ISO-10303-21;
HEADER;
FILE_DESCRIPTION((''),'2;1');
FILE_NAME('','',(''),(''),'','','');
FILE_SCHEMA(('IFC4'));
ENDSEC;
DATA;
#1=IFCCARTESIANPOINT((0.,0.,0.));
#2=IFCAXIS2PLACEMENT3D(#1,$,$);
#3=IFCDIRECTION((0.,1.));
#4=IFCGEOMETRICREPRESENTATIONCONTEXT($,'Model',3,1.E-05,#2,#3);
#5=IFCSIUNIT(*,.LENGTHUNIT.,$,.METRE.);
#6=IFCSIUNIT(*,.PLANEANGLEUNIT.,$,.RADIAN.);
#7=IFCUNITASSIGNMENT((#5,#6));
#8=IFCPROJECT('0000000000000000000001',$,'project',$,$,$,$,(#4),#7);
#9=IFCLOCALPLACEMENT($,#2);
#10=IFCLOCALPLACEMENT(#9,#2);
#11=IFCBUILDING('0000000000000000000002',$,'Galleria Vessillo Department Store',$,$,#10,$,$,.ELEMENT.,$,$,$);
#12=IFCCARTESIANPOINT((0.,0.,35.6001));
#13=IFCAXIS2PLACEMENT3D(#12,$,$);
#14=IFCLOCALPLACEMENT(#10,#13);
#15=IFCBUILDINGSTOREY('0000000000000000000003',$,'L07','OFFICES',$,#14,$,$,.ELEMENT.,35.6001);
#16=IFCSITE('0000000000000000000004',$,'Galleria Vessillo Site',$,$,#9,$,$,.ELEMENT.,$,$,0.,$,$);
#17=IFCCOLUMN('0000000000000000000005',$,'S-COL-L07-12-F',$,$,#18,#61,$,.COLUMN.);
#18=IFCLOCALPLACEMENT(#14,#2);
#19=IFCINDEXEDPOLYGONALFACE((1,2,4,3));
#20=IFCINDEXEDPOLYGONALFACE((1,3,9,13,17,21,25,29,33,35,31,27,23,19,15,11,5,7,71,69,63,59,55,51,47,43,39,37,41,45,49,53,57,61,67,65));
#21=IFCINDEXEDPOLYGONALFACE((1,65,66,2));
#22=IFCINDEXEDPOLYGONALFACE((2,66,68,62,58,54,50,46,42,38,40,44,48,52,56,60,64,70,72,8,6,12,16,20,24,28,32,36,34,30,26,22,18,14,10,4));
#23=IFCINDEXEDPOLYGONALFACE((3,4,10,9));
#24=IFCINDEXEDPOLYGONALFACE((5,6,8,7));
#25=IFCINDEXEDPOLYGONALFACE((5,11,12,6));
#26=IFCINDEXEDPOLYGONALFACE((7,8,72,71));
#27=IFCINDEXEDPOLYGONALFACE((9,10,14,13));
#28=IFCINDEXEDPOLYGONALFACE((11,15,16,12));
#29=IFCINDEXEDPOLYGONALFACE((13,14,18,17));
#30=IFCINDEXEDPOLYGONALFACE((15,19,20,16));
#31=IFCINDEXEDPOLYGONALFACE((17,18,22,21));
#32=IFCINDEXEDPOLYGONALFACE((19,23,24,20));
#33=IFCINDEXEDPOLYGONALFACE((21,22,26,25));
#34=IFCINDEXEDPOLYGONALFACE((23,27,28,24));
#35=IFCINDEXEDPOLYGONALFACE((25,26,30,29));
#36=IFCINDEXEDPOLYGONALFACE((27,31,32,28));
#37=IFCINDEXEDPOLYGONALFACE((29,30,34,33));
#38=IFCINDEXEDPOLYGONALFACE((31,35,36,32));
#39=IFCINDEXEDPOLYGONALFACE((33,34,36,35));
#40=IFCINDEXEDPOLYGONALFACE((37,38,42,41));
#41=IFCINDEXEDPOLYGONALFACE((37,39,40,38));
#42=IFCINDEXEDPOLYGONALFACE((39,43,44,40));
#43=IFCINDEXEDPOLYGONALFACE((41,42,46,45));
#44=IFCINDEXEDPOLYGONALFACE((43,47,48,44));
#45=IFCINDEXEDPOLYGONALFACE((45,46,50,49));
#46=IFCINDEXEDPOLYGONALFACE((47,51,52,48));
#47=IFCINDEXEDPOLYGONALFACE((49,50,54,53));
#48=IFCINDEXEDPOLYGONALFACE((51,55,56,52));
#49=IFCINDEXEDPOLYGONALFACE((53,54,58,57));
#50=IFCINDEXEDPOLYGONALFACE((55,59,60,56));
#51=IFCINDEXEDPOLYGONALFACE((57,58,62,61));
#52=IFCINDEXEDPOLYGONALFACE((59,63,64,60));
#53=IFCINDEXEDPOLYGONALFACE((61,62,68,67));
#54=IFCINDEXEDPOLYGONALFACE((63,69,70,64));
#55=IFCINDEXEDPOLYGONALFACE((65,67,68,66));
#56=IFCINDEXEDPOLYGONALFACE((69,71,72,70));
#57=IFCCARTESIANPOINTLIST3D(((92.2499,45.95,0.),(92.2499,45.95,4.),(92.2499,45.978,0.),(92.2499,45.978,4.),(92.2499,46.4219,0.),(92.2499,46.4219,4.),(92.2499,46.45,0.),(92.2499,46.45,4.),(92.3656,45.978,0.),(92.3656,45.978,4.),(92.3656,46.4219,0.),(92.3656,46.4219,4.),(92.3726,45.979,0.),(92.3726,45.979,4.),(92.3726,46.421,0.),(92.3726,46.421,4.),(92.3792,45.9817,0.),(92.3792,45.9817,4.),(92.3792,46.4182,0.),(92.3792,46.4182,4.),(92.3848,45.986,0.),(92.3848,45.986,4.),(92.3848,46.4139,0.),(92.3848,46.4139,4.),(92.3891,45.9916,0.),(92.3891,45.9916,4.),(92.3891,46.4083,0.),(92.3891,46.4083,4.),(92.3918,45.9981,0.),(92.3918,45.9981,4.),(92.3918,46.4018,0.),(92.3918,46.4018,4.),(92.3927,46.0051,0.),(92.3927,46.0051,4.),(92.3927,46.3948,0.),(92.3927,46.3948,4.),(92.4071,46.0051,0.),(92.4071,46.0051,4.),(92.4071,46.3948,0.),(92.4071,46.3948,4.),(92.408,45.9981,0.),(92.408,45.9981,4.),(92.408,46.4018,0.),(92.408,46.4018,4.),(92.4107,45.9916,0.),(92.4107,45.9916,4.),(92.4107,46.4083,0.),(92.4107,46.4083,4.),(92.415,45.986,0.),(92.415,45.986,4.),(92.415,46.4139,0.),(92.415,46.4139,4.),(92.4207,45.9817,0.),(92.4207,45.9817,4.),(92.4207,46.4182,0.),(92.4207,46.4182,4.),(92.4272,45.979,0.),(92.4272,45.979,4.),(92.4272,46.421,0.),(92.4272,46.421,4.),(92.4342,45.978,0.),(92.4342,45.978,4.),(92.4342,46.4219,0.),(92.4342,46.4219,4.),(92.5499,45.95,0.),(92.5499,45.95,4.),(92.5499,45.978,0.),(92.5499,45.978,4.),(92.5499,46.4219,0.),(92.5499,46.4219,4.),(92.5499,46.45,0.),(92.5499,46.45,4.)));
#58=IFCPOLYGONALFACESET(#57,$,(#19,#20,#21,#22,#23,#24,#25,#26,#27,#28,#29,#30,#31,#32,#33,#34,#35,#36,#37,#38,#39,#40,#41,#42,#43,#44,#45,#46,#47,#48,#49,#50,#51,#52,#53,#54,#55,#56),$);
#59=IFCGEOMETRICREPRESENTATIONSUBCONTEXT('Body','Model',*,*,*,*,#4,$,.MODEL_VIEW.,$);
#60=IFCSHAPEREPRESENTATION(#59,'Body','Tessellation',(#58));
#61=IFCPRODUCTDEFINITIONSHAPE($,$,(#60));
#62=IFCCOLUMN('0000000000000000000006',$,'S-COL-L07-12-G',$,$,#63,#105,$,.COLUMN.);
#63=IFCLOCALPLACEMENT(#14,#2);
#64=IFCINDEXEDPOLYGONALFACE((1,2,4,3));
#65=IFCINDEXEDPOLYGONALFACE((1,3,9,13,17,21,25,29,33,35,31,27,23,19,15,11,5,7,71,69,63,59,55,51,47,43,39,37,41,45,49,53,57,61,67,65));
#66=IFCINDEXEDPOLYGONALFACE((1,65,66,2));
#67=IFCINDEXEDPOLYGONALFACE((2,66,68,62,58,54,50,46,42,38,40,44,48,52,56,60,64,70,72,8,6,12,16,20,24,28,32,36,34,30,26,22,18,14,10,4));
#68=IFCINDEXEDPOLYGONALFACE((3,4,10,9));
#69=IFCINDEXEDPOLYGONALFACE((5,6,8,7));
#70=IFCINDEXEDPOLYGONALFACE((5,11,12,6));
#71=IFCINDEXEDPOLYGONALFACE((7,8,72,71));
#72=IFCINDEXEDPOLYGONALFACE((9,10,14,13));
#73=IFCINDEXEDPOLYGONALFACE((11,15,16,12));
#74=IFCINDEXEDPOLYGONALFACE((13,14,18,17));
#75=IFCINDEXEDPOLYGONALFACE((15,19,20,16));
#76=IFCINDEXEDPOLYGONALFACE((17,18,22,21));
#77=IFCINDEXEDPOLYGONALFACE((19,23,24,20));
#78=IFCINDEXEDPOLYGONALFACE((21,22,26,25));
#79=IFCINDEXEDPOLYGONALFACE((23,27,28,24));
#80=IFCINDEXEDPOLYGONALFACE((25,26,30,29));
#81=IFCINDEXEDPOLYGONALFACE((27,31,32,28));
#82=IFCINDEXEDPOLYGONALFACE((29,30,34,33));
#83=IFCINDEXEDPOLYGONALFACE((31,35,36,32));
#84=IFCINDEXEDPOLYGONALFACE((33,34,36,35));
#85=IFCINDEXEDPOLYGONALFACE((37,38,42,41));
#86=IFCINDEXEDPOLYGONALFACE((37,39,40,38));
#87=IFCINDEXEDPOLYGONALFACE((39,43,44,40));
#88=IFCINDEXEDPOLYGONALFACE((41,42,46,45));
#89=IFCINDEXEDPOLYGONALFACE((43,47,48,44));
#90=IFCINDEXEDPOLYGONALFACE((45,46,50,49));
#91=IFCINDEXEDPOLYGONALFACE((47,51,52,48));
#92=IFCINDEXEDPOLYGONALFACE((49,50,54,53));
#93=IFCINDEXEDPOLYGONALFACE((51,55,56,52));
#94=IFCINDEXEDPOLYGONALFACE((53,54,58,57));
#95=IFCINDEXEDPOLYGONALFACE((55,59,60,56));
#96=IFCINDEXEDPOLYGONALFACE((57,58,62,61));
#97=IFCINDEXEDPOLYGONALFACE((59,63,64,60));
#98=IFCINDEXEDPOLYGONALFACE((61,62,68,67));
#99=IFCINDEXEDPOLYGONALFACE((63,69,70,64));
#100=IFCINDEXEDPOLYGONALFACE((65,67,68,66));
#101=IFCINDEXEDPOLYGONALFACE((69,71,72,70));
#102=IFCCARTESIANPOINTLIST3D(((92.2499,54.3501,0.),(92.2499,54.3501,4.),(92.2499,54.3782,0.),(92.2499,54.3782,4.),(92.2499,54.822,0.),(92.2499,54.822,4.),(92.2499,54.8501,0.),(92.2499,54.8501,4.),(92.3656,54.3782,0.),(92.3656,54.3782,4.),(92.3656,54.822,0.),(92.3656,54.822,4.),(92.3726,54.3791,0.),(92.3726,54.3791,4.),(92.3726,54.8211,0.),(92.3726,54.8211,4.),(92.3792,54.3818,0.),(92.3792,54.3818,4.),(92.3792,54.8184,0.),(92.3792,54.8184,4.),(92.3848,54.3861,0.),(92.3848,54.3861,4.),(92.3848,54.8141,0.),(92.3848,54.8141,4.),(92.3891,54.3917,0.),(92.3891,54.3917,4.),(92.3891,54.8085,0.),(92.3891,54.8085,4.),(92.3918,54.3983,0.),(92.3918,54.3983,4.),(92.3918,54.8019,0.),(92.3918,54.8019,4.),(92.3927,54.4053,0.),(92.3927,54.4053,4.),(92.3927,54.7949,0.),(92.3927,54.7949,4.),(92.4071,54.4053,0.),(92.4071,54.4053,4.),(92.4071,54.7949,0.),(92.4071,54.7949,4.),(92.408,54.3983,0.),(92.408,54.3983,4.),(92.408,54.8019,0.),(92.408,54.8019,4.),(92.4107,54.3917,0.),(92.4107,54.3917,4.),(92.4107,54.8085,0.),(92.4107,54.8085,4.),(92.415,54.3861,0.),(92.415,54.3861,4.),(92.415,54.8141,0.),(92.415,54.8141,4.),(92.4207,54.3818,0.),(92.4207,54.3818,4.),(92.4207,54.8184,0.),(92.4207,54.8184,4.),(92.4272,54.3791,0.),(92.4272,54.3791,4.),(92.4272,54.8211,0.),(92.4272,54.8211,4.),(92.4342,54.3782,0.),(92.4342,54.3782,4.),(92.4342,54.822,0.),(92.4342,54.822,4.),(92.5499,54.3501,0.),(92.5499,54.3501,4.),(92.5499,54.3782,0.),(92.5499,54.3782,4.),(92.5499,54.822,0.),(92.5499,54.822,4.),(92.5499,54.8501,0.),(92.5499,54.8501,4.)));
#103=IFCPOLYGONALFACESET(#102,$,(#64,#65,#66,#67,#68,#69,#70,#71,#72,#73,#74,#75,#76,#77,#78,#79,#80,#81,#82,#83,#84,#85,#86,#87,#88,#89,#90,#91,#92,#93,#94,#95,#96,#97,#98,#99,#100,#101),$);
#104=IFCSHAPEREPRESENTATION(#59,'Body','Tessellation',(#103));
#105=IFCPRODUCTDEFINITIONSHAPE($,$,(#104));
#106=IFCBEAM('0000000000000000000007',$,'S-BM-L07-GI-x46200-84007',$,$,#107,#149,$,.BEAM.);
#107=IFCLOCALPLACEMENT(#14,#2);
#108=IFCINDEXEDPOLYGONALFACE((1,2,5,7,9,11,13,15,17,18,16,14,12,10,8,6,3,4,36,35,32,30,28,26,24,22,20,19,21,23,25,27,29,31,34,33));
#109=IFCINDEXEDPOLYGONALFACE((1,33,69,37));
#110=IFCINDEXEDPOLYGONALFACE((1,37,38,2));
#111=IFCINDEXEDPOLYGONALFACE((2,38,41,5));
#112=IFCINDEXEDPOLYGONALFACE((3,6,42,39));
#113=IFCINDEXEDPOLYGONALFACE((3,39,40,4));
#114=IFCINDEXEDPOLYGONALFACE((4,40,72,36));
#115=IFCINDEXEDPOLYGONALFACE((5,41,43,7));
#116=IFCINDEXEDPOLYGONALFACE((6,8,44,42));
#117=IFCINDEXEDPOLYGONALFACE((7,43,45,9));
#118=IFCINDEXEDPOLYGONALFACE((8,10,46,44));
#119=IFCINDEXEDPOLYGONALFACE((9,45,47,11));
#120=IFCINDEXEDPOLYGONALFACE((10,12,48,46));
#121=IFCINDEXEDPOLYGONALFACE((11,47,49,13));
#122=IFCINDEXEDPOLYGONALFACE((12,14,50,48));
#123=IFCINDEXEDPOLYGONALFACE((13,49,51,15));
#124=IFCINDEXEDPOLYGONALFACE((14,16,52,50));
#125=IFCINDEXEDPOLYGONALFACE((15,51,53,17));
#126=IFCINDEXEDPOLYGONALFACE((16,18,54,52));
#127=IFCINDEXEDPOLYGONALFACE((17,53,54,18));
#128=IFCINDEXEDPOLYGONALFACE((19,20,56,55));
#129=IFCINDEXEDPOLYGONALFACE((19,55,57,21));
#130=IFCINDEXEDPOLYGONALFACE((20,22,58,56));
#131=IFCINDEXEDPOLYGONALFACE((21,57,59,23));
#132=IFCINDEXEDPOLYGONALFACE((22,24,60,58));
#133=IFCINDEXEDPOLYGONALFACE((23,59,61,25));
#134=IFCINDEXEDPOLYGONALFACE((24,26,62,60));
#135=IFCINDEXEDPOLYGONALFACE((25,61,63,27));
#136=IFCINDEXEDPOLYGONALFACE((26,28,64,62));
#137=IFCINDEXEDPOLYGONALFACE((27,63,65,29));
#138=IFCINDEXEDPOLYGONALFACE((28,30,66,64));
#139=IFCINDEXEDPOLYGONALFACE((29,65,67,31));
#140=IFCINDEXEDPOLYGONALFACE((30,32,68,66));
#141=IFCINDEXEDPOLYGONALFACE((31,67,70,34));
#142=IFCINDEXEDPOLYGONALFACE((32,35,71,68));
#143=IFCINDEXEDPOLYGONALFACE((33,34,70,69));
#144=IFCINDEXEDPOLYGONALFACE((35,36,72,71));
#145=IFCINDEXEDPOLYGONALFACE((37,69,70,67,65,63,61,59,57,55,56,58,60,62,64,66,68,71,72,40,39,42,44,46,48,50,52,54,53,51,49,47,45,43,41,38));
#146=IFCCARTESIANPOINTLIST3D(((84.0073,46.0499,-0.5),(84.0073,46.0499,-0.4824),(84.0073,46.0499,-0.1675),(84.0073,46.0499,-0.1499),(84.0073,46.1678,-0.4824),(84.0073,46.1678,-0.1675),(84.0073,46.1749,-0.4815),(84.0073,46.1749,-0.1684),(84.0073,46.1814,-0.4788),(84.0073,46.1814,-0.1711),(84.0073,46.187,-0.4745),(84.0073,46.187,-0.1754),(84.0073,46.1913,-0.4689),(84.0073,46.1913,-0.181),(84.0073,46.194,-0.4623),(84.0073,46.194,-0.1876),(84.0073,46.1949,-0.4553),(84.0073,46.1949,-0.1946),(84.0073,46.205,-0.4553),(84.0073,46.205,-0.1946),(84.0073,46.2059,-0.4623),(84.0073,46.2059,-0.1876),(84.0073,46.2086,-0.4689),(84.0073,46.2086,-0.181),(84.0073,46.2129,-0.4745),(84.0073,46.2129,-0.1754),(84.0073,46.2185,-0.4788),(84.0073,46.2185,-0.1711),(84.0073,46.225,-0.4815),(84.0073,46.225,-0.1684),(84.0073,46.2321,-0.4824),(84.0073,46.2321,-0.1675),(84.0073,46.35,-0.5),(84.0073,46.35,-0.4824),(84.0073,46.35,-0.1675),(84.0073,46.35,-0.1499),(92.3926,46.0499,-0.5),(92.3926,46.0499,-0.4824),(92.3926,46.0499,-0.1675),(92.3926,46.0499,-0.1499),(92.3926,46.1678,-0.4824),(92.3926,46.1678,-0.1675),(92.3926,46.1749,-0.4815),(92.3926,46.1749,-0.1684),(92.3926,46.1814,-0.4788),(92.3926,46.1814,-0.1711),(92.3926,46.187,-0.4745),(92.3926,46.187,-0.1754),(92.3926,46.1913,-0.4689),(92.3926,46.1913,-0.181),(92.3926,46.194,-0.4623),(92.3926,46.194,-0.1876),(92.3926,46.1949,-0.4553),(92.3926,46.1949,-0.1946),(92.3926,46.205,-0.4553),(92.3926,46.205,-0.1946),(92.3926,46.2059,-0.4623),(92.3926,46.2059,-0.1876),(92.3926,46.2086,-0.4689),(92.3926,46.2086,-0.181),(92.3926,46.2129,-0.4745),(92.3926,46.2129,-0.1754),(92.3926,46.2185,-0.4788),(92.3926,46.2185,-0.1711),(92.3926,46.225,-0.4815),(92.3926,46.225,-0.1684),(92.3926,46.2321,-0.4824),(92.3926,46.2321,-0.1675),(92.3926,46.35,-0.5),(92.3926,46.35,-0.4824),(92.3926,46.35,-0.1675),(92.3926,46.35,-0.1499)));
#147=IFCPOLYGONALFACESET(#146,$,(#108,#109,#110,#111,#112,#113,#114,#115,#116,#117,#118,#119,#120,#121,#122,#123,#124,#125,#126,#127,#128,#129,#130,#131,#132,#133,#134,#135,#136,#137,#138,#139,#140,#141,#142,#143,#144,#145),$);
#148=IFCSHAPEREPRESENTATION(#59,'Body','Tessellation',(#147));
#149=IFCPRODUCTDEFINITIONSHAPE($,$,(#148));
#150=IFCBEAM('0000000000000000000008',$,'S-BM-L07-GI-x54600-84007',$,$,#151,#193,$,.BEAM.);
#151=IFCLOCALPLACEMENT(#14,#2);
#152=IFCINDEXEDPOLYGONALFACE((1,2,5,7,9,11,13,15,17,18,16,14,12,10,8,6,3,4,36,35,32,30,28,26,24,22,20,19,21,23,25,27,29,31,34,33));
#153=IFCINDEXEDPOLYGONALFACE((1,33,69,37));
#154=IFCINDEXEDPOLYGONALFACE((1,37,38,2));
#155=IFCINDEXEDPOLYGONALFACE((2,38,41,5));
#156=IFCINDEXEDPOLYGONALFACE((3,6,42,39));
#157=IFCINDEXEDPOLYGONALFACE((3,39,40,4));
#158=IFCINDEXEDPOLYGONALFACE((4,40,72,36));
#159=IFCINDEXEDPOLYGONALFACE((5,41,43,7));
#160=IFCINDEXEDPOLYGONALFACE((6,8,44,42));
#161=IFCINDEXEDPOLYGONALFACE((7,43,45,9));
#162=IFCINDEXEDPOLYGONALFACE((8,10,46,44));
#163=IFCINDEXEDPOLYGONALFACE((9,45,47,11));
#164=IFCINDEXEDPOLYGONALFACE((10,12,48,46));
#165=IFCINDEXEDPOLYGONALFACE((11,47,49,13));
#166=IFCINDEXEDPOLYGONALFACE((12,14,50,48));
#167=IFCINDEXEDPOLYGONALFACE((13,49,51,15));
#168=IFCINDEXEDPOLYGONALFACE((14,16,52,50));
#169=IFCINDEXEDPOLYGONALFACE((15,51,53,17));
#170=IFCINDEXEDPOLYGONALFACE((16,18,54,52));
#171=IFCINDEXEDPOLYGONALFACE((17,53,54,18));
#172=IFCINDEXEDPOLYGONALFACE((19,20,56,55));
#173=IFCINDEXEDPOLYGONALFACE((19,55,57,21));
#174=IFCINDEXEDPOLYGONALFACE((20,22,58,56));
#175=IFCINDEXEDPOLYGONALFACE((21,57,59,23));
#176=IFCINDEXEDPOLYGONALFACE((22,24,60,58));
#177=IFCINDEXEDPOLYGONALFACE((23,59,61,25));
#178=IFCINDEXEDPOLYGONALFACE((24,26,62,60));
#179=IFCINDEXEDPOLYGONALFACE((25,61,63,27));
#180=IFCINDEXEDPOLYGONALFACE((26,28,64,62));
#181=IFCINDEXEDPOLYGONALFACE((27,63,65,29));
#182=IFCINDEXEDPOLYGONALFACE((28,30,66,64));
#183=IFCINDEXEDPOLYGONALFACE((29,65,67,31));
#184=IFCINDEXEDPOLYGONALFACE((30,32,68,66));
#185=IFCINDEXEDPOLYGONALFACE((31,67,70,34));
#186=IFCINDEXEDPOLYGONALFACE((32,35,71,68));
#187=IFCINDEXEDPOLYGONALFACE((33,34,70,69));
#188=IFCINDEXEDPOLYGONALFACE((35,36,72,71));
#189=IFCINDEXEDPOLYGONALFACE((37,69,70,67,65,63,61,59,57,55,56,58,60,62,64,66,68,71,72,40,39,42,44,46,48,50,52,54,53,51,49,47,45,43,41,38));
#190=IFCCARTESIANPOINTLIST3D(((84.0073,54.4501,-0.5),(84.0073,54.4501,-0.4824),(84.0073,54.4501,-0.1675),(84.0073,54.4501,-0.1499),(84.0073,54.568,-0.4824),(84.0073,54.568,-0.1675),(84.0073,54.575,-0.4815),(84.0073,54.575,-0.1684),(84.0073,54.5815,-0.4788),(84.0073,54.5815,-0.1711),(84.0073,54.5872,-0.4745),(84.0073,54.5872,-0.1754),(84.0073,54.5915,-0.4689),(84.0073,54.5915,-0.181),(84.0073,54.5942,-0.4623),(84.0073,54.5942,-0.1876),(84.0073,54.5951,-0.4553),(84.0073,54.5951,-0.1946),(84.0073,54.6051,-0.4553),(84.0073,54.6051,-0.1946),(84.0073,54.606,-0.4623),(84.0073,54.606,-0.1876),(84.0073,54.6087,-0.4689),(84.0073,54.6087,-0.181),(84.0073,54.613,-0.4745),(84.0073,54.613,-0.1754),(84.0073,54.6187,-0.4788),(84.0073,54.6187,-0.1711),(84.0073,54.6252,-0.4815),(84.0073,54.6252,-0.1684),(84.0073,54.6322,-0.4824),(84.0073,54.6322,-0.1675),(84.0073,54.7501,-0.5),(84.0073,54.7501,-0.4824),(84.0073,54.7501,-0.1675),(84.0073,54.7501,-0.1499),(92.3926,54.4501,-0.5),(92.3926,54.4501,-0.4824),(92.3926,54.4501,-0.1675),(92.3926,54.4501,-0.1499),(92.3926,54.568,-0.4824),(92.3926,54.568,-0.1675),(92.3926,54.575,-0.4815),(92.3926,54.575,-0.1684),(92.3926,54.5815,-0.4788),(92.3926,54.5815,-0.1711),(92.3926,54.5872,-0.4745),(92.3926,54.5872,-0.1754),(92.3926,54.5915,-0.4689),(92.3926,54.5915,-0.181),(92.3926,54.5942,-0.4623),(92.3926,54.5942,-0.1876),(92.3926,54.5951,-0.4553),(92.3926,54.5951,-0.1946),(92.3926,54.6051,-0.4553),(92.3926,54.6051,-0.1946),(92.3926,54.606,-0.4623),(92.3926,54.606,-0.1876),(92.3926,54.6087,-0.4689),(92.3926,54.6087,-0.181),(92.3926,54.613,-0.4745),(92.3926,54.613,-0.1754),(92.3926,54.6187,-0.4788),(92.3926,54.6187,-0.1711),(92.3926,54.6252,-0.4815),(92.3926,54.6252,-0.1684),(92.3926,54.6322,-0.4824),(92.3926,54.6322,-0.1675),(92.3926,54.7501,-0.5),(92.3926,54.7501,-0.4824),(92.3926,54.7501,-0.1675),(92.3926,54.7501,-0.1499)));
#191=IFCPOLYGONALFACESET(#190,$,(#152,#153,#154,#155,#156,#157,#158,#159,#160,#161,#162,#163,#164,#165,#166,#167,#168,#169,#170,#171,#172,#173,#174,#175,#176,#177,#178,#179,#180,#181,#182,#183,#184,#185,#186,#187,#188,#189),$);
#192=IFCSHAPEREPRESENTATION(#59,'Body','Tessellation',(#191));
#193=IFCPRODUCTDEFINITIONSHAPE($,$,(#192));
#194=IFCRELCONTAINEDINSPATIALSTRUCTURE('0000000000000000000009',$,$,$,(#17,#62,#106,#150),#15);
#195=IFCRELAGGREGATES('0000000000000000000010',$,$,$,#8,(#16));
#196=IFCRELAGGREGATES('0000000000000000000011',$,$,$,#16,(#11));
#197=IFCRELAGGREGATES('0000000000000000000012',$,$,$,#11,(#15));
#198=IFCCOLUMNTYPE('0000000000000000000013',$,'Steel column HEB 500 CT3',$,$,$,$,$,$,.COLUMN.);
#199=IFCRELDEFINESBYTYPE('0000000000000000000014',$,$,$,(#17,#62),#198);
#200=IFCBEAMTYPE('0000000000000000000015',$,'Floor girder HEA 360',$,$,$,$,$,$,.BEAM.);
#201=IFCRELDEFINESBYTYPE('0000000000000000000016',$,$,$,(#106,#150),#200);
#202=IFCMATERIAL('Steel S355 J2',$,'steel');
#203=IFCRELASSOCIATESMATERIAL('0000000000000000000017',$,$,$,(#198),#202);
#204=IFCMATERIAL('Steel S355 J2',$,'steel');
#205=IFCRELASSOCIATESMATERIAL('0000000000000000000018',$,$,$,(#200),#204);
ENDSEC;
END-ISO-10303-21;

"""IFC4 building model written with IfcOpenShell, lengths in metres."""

from ifc_helpers import new_model, si_unit, direction, frame, origin, origin_2d, place, context, subcontext, project, spatial, i_section, extrude, material, material_profile, profile_set, type_object, element, save


model = new_model("IFC4")

# Units and contexts
model_context = context("Model", 3, precision=1e-05, world=origin(), true_north=direction((0.0, 1.0)))
body_context = subcontext(model_context, "Body", "Model", "MODEL_VIEW")
ifc_project = project(units=[si_unit("LENGTHUNIT", "METRE"), si_unit("PLANEANGLEUNIT", "RADIAN")], contexts=[model_context])

# Site, building, storey
site_placement = place(None, origin())
site = spatial("IfcSite", under=ifc_project, at=site_placement, Name="Galleria Vessillo Site", CompositionType="ELEMENT", RefElevation=0.0)
building_placement = place(site_placement, origin())
building = spatial("IfcBuilding", under=site, at=building_placement, Name="Galleria Vessillo Department Store", CompositionType="ELEMENT")
storey_placement = place(building_placement, frame((0.0, 0.0, 35.6001)))
storey = spatial("IfcBuildingStorey", under=building, at=storey_placement, Name="L07", Description="OFFICES", CompositionType="ELEMENT", Elevation=35.6001)

# Columns
ifc_material_1 = material(Name="Steel S355 J2", Category="steel")
ifc_material_profile_1 = material_profile(ifc_material_1, i_section(OverallWidth=0.3, OverallDepth=0.5, WebThickness=0.0144, FlangeThickness=0.0281, FilletRadius=0.0271, at=origin_2d()), Name="HEB 500")
ifc_profile_set_1 = profile_set([ifc_material_profile_1], Name="Steel S355 J2")
column_type = type_object("IfcColumnType", Name="Steel column HEB 500 CT3", PredefinedType="COLUMN", material=ifc_profile_set_1)
for number, where, z_axis, x_axis, name in (
    (1, (92.3999, 46.2, 0.0), (0.0, 0.0, 1.0), (1.0, 0.0, 0.0), "S-COL-L07-12-F"),
    (2, (92.3999, 54.6001, 0.0), (0.0, 0.0, 1.0), (1.0, 0.0, 0.0), "S-COL-L07-12-G"),
):
    element("IfcColumn", number, at=place(storey_placement, frame(where, z_axis=z_axis, x_axis=x_axis)), inside=storey, type_object=column_type, Name=name, PredefinedType="COLUMN", context=body_context, shape_type="SweptSolid", body=[
        extrude(i_section(OverallWidth=0.3, OverallDepth=0.5, WebThickness=0.0144, FlangeThickness=0.0281, FilletRadius=0.0271, at=origin_2d()), origin(), (0.0, 0.0, 1.0), 4.0),
    ])

# Beams
ifc_material_2 = material(Name="Steel S355 J2", Category="steel")
ifc_material_profile_2 = material_profile(ifc_material_2, i_section(OverallWidth=0.3, OverallDepth=0.3501, WebThickness=0.01, FlangeThickness=0.0176, FilletRadius=0.0271, at=origin_2d()), Name="HEA 360")
ifc_profile_set_2 = profile_set([ifc_material_profile_2], Name="Steel S355 J2")
beam_type_1 = type_object("IfcBeamType", Name="Floor girder HEA 360", PredefinedType="BEAM", material=ifc_profile_set_2)
for number, where, z_axis, x_axis, name in (
    (3, (84.0073, 46.2, -0.325), (1.0, 0.0, 0.0), (0.0, 1.0, 0.0), "S-BM-L07-GI-x46200-84007"),
    (4, (84.0073, 54.6001, -0.325), (1.0, 0.0, 0.0), (0.0, 1.0, 0.0), "S-BM-L07-GI-x54600-84007"),
):
    element("IfcBeam", number, at=place(storey_placement, frame(where, z_axis=z_axis, x_axis=x_axis)), inside=storey, type_object=beam_type_1, Name=name, PredefinedType="BEAM", context=body_context, shape_type="SweptSolid", body=[
        extrude(i_section(OverallWidth=0.3, OverallDepth=0.3501, WebThickness=0.01, FlangeThickness=0.0176, FilletRadius=0.0271, at=origin_2d()), origin(), (0.0, 0.0, 1.0), 8.3853),
    ])

save(model, "model.ifc")
